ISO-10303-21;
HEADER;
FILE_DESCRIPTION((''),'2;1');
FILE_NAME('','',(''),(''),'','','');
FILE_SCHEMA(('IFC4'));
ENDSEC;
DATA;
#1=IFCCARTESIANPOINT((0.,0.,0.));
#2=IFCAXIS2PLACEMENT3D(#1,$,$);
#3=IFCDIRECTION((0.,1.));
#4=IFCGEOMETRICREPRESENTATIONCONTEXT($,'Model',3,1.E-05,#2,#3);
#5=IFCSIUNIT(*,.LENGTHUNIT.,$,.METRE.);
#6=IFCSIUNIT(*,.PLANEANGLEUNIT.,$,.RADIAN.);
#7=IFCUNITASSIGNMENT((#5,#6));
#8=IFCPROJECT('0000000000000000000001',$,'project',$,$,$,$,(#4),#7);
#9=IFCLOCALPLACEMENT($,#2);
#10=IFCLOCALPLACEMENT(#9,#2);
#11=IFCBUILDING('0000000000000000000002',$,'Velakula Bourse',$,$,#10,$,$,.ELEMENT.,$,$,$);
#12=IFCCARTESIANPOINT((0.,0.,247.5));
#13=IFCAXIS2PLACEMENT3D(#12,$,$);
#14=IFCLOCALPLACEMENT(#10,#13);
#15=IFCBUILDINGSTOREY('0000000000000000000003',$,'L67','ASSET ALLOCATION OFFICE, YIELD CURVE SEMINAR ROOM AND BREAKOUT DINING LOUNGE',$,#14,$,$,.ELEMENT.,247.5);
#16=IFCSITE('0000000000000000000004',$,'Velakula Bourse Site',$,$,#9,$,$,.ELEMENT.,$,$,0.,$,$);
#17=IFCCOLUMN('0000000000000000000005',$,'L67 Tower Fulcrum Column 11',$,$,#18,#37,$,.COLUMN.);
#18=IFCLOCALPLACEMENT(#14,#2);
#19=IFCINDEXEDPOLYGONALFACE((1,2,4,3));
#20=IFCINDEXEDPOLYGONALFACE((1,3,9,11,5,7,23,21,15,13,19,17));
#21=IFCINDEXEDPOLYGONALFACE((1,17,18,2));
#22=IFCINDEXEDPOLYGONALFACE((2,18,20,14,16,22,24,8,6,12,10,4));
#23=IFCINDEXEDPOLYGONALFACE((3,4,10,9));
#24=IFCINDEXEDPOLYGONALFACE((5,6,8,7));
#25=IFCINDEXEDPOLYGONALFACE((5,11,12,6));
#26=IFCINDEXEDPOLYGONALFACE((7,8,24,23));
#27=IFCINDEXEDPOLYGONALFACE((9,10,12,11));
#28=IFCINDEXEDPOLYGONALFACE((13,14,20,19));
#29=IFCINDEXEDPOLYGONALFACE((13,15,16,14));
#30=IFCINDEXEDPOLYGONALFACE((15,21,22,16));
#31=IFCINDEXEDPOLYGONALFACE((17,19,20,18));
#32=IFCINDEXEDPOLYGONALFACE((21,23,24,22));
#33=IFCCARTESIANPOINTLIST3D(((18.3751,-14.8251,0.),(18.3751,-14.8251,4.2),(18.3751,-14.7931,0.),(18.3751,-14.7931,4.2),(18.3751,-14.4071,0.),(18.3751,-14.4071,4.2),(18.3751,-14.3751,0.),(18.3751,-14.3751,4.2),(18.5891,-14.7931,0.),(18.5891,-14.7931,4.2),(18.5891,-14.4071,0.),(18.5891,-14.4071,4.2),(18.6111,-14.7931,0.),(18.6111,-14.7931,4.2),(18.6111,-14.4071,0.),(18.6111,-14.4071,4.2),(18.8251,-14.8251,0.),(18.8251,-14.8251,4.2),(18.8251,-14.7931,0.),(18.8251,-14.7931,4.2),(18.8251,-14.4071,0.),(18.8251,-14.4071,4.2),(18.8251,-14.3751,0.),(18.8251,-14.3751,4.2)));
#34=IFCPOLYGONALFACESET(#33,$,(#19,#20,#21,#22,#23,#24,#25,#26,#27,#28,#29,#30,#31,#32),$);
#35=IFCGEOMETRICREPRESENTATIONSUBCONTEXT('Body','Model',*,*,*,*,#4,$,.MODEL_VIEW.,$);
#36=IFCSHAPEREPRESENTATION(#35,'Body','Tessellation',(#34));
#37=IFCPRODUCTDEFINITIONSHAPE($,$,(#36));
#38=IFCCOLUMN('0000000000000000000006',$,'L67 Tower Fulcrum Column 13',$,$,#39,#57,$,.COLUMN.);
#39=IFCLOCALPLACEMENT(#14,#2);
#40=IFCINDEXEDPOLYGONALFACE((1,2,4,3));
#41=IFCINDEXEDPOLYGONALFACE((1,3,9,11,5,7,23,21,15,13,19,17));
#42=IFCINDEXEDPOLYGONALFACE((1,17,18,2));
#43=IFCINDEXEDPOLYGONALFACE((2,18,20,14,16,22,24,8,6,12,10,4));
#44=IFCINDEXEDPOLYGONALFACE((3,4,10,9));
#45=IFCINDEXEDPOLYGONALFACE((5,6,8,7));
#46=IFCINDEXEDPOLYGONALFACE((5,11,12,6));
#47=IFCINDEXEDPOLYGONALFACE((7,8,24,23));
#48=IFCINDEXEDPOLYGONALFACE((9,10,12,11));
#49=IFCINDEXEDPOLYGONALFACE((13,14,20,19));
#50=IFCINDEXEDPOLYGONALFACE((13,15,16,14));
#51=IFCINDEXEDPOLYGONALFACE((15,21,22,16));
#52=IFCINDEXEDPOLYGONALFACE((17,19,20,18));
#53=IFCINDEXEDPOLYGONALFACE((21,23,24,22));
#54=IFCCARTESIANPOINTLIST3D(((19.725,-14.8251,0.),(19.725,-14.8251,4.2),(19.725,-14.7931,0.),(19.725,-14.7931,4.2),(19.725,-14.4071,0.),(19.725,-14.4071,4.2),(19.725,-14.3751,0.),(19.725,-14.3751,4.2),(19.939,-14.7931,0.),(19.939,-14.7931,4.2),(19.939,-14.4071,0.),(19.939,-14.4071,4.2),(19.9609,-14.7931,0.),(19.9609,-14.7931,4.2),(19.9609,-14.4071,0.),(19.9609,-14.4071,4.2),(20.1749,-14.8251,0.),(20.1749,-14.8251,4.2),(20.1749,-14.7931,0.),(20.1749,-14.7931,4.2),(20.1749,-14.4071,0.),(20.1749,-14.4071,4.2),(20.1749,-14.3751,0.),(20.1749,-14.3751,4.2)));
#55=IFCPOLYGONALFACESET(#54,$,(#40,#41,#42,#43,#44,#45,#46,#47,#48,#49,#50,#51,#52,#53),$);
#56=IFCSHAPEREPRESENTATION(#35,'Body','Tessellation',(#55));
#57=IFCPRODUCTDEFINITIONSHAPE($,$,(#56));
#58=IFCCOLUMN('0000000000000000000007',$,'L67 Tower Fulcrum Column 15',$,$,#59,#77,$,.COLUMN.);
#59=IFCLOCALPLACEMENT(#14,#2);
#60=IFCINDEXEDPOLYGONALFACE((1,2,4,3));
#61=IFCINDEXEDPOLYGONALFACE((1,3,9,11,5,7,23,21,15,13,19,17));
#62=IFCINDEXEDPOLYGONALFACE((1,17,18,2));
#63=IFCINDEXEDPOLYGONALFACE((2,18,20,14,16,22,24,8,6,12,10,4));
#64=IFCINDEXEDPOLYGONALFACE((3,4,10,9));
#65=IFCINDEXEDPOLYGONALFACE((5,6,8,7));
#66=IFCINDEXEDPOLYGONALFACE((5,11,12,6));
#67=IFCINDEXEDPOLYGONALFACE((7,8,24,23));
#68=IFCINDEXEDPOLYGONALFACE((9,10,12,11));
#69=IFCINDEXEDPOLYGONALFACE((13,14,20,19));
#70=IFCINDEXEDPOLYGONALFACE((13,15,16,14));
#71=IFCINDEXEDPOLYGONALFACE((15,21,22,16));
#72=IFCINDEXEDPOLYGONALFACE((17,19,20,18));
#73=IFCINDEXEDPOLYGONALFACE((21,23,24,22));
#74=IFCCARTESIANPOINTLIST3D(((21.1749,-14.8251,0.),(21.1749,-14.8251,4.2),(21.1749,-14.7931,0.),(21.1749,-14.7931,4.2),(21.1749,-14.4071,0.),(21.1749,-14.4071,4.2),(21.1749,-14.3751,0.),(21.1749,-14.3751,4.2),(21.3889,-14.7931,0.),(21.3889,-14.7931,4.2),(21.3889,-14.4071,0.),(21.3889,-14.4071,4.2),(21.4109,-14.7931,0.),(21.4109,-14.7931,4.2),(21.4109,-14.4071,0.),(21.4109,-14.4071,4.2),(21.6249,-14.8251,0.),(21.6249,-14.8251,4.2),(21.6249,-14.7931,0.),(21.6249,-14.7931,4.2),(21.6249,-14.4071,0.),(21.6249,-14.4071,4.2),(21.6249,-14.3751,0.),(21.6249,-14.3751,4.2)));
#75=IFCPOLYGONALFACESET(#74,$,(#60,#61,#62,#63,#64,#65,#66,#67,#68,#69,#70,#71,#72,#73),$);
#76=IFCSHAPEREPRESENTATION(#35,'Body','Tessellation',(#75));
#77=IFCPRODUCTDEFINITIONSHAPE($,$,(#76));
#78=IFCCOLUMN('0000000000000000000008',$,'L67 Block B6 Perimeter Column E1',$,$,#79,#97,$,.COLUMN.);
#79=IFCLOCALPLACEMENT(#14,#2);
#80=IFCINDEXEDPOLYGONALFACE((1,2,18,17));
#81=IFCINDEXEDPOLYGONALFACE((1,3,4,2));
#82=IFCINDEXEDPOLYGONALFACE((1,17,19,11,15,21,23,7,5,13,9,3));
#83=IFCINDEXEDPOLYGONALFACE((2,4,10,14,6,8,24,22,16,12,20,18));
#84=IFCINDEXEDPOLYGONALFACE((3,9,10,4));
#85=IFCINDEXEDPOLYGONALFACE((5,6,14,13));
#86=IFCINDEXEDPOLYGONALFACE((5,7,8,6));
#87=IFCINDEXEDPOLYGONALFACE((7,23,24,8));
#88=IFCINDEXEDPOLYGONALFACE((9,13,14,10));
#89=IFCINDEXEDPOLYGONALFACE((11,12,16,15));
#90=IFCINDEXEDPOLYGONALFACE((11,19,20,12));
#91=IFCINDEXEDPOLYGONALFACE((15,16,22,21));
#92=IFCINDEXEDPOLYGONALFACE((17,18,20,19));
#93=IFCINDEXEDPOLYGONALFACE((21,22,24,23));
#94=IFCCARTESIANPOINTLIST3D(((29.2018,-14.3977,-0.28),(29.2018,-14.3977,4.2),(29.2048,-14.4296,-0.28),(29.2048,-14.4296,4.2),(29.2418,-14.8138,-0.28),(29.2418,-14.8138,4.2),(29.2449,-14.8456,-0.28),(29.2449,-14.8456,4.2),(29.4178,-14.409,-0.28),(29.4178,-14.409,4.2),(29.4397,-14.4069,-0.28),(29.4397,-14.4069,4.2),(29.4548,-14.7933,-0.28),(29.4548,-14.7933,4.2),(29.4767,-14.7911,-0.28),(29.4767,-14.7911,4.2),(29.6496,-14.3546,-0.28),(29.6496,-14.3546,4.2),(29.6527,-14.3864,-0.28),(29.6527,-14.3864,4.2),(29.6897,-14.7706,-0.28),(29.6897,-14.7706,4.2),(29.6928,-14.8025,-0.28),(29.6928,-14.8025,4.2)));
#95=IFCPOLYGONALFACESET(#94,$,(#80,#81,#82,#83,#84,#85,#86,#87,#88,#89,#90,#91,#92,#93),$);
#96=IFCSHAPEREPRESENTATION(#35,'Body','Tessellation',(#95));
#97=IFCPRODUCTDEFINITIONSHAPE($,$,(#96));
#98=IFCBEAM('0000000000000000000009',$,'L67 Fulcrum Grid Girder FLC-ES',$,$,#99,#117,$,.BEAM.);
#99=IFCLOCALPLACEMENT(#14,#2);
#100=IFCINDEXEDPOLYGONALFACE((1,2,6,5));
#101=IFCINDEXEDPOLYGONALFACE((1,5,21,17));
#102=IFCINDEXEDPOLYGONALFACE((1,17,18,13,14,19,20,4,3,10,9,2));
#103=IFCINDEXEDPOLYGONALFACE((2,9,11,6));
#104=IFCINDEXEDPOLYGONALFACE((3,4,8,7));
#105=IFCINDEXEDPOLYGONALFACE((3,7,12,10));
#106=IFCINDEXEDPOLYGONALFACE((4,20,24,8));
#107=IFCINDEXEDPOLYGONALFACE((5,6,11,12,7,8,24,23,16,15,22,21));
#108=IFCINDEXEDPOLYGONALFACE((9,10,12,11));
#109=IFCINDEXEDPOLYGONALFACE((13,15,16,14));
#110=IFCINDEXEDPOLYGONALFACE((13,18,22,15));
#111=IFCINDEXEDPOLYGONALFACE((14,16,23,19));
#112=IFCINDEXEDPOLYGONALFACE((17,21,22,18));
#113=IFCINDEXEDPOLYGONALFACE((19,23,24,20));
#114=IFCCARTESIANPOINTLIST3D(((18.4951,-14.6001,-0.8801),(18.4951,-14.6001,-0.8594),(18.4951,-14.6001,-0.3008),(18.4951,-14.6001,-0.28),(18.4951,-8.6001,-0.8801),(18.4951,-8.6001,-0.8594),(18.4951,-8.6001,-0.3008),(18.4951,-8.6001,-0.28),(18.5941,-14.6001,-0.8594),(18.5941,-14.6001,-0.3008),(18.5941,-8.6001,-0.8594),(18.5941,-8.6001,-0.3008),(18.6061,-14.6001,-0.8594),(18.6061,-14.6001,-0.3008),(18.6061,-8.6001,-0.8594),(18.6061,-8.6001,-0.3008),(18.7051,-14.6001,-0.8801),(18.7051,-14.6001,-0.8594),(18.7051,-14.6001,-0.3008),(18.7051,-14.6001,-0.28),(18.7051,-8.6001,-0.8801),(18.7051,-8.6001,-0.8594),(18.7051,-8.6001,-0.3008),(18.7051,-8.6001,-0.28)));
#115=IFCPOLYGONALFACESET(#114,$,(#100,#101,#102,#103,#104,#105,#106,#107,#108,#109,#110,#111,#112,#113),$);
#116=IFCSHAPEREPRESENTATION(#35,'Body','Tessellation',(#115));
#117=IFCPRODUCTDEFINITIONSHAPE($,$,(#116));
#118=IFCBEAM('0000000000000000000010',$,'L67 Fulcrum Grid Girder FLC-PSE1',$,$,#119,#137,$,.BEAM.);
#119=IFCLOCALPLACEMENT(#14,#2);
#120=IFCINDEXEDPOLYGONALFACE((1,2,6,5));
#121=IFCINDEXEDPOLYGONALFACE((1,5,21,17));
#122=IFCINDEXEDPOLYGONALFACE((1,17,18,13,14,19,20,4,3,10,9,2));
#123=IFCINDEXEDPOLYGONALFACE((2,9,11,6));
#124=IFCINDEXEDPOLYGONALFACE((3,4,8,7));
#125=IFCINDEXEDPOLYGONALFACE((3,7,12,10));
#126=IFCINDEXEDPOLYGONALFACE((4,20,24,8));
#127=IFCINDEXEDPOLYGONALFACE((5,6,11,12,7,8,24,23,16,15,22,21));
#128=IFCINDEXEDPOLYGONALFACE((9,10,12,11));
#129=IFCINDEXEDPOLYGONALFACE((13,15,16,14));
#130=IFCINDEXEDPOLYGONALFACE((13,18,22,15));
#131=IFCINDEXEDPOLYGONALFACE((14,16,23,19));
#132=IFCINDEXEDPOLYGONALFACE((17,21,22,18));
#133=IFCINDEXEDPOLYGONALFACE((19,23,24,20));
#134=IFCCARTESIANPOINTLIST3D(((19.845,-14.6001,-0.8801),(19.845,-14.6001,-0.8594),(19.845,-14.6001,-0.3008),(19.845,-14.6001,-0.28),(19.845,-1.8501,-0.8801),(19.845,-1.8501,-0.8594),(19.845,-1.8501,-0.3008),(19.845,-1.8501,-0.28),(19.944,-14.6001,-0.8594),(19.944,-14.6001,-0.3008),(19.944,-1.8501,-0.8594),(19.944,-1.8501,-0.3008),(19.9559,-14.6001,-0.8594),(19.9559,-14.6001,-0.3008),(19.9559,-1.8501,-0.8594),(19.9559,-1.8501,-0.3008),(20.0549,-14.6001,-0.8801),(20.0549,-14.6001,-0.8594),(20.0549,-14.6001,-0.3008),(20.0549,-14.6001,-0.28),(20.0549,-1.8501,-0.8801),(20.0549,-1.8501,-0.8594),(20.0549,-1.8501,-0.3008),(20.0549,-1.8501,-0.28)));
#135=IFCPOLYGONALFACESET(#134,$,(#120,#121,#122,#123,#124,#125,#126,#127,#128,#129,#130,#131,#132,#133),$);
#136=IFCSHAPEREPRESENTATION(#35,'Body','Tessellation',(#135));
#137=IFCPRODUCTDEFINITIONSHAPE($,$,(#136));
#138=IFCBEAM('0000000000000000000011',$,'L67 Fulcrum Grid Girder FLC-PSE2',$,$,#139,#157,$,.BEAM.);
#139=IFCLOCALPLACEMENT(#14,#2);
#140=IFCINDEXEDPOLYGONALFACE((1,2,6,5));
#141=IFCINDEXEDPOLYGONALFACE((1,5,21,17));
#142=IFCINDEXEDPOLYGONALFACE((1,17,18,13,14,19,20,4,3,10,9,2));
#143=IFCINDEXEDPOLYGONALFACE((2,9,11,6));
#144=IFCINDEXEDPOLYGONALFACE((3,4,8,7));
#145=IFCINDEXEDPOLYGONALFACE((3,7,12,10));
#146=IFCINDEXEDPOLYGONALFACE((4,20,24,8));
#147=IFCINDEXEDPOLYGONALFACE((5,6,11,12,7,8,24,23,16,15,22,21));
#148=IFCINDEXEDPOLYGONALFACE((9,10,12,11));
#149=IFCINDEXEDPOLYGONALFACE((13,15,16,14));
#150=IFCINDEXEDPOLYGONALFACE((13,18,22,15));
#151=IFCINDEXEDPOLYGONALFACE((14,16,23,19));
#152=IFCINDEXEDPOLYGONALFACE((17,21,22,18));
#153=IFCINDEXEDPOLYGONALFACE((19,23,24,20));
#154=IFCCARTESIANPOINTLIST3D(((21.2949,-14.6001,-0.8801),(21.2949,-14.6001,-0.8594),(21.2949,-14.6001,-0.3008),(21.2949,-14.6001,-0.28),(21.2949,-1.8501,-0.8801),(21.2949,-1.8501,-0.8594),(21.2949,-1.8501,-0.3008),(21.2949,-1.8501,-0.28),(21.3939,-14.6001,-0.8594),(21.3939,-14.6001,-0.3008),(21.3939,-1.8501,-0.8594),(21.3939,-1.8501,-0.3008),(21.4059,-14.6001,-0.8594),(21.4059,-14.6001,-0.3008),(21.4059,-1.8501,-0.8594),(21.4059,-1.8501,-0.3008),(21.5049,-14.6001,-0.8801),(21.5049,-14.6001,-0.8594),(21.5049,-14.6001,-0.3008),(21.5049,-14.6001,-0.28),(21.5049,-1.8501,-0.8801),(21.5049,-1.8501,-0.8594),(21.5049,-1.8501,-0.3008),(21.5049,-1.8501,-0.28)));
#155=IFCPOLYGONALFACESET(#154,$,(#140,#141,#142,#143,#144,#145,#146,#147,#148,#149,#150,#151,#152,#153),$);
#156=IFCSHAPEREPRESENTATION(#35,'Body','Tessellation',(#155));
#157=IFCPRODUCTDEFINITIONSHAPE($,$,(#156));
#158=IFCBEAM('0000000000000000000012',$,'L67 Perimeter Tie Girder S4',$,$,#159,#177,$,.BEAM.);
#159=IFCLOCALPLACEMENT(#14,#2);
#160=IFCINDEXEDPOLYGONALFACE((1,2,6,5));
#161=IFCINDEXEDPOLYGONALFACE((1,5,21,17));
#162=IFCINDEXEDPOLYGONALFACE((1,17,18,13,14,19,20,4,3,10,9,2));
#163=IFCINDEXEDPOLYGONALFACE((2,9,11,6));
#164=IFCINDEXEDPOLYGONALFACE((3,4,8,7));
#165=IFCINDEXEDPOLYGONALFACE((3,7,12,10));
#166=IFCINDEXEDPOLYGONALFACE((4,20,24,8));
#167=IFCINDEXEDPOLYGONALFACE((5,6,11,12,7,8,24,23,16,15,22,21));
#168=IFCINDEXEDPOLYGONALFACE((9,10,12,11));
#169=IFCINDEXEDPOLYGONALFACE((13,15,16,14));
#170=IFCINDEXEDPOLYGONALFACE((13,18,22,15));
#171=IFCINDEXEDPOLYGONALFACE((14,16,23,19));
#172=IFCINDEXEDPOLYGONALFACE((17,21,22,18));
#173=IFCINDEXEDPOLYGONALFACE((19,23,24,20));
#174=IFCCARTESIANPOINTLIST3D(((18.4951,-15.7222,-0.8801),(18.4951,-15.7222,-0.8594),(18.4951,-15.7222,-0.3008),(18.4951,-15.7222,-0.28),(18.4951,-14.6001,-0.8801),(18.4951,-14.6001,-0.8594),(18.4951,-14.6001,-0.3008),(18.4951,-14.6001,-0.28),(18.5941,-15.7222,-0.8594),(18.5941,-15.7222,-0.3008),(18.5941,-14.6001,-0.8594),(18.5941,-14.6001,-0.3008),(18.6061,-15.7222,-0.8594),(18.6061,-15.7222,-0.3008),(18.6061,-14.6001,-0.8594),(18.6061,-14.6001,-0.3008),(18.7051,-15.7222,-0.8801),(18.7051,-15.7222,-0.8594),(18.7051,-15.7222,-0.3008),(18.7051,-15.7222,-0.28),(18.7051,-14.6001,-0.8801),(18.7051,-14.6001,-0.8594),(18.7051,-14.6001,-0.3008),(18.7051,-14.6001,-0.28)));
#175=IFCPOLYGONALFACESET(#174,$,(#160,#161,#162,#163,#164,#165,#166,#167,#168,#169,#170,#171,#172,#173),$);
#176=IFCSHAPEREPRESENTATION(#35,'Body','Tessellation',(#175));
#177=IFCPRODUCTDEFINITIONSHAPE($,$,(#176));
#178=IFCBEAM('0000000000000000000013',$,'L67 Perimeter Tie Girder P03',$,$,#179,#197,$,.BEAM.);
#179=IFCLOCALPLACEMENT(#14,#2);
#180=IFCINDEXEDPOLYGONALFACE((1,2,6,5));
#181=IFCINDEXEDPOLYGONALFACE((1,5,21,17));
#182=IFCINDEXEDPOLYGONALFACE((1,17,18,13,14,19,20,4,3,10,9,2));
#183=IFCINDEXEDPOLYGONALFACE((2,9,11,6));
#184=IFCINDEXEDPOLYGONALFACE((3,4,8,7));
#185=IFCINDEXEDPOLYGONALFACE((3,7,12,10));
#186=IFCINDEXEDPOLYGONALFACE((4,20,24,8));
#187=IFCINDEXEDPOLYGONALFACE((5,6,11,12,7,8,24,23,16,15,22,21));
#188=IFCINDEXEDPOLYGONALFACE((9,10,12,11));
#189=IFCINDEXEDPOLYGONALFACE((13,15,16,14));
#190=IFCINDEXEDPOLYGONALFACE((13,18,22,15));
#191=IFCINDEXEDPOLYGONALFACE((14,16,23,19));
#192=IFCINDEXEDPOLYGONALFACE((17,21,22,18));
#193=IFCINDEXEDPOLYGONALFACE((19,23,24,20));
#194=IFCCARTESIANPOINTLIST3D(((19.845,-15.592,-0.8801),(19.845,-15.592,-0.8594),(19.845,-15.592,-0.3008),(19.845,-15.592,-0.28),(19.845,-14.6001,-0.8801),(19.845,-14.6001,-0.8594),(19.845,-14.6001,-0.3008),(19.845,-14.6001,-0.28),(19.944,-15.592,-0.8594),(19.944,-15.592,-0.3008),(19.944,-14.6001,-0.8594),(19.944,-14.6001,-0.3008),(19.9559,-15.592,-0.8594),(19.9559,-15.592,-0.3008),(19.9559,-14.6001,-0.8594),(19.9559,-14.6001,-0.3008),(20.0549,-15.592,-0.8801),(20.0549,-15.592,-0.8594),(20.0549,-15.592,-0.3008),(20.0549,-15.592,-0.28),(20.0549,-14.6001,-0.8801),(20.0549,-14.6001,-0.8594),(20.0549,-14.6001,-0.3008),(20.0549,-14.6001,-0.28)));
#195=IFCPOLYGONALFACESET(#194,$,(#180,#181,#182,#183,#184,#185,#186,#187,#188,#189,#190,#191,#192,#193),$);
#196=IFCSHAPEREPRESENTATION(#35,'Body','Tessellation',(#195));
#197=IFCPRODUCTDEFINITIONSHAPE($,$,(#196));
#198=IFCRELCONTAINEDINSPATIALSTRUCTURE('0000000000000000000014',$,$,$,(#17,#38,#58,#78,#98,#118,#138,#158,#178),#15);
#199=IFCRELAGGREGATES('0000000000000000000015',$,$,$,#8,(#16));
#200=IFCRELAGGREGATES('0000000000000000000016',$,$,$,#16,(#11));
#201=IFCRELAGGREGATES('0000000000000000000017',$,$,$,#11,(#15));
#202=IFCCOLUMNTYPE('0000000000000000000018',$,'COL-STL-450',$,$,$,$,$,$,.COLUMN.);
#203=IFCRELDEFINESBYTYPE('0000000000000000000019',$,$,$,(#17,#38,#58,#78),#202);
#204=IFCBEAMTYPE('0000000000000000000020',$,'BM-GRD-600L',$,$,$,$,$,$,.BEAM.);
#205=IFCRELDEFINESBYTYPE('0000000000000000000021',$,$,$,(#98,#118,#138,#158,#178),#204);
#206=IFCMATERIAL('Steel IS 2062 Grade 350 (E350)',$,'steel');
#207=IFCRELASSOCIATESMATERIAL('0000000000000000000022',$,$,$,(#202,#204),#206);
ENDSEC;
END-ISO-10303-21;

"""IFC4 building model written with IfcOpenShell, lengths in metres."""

from ifc_helpers import new_model, si_unit, direction, frame, origin, origin_2d, place, context, subcontext, project, spatial, i_section, extrude, material, material_profile, profile_set, type_object, element, save


model = new_model("IFC4")

# Units and contexts
model_context = context("Model", 3, precision=1e-05, world=origin(), true_north=direction((0.0, 1.0)))
body_context = subcontext(model_context, "Body", "Model", "MODEL_VIEW")
ifc_project = project(units=[si_unit("LENGTHUNIT", "METRE"), si_unit("PLANEANGLEUNIT", "RADIAN")], contexts=[model_context])

# Site, building, storey
site_placement = place(None, origin())
site = spatial("IfcSite", under=ifc_project, at=site_placement, Name="Velakula Bourse Site", CompositionType="ELEMENT", RefElevation=0.0)
building_placement = place(site_placement, origin())
building = spatial("IfcBuilding", under=site, at=building_placement, Name="Velakula Bourse", CompositionType="ELEMENT")
storey_placement = place(building_placement, frame((0.0, 0.0, 247.5)))
storey = spatial("IfcBuildingStorey", under=building, at=storey_placement, Name="L67", Description="ASSET ALLOCATION OFFICE, YIELD CURVE SEMINAR ROOM AND BREAKOUT DINING LOUNGE", CompositionType="ELEMENT", Elevation=247.5)

# Columns
ifc_material_1 = material(Name="Steel IS 2062 Grade 350 (E350)", Category="steel")
ifc_material_profile_1 = material_profile(ifc_material_1, i_section(OverallWidth=0.45, OverallDepth=0.45, WebThickness=0.022, FlangeThickness=0.032, at=origin_2d()), Name="Steel IS 2062 Grade 350 (E350)")
ifc_profile_set_1 = profile_set([ifc_material_profile_1], Name="Steel IS 2062 Grade 350 (E350)")
column_type = type_object("IfcColumnType", Name="COL-STL-450", PredefinedType="COLUMN", material=ifc_profile_set_1)
for number, where, z_axis, x_axis, name in (
    (1, (18.6001, -14.6001, 0.0), (0.0, 0.0, 1.0), (1.0, 0.0, 0.0), "L67 Tower Fulcrum Column 11"),
    (2, (19.95, -14.6001, 0.0), (0.0, 0.0, 1.0), (1.0, 0.0, 0.0), "L67 Tower Fulcrum Column 13"),
    (3, (21.3999, -14.6001, 0.0), (0.0, 0.0, 1.0), (1.0, 0.0, 0.0), "L67 Tower Fulcrum Column 15"),
):
    element("IfcColumn", number, at=place(storey_placement, frame(where, z_axis=z_axis, x_axis=x_axis)), inside=storey, type_object=column_type, Name=name, PredefinedType="COLUMN", context=body_context, shape_type="SweptSolid", body=[
        extrude(i_section(OverallWidth=0.45, OverallDepth=0.45, WebThickness=0.022, FlangeThickness=0.032, at=origin_2d()), origin(), (0.0, 0.0, 1.0), 4.2),
    ])
column_placement = place(storey_placement, frame((29.4473, -14.6001, -0.28), z_axis=(0.0, 0.0, 1.0), x_axis=(0.995396, 0.095846, 0.0)))
element("IfcColumn", 4, at=column_placement, inside=storey, type_object=column_type, Name="L67 Block B6 Perimeter Column E1", PredefinedType="COLUMN", context=body_context, shape_type="SweptSolid", body=[
    extrude(i_section(OverallWidth=0.45, OverallDepth=0.45, WebThickness=0.022, FlangeThickness=0.032, at=origin_2d()), origin(), (0.0, 0.0, 1.0), 4.48),
])

# Beams
ifc_material_profile_2 = material_profile(ifc_material_1, i_section(OverallWidth=0.21, OverallDepth=0.6001, WebThickness=0.012, FlangeThickness=0.0208, at=origin_2d()), Name="Steel IS 2062 Grade 350 (E350)")
ifc_profile_set_2 = profile_set([ifc_material_profile_2], Name="Steel IS 2062 Grade 350 (E350)")
beam_type_1 = type_object("IfcBeamType", Name="BM-GRD-600L", PredefinedType="BEAM", material=ifc_profile_set_2)
beam_1_placement = place(storey_placement, frame((18.6001, -14.6001, -0.5801), z_axis=(0.0, 1.0, 0.0), x_axis=(-1.0, 0.0, 0.0)))
element("IfcBeam", 5, at=beam_1_placement, inside=storey, type_object=beam_type_1, Name="L67 Fulcrum Grid Girder FLC-ES", PredefinedType="BEAM", context=body_context, shape_type="SweptSolid", body=[
    extrude(i_section(OverallWidth=0.21, OverallDepth=0.6001, WebThickness=0.012, FlangeThickness=0.0208, at=origin_2d()), origin(), (0.0, 0.0, 1.0), 6.0),
])
for number, where, z_axis, x_axis, name in (
    (6, (19.95, -14.6001, -0.5801), (0.0, 1.0, 0.0), (-1.0, 0.0, 0.0), "L67 Fulcrum Grid Girder FLC-PSE1"),
    (7, (21.3999, -14.6001, -0.5801), (0.0, 1.0, 0.0), (-1.0, 0.0, 0.0), "L67 Fulcrum Grid Girder FLC-PSE2"),
):
    element("IfcBeam", number, at=place(storey_placement, frame(where, z_axis=z_axis, x_axis=x_axis)), inside=storey, type_object=beam_type_1, Name=name, PredefinedType="BEAM", context=body_context, shape_type="SweptSolid", body=[
        extrude(i_section(OverallWidth=0.21, OverallDepth=0.6001, WebThickness=0.012, FlangeThickness=0.0208, at=origin_2d()), origin(), (0.0, 0.0, 1.0), 12.75),
    ])
beam_2_placement = place(storey_placement, frame((18.6001, -14.6001, -0.5801), z_axis=(0.0, -1.0, 0.0), x_axis=(1.0, 0.0, 0.0)))
element("IfcBeam", 8, at=beam_2_placement, inside=storey, type_object=beam_type_1, Name="L67 Perimeter Tie Girder S4", PredefinedType="BEAM", context=body_context, shape_type="SweptSolid", body=[
    extrude(i_section(OverallWidth=0.21, OverallDepth=0.6001, WebThickness=0.012, FlangeThickness=0.0208, at=origin_2d()), origin(), (0.0, 0.0, 1.0), 1.1221),
])
beam_3_placement = place(storey_placement, frame((19.95, -14.6001, -0.5801), z_axis=(0.0, -1.0, 0.0), x_axis=(1.0, 0.0, 0.0)))
element("IfcBeam", 9, at=beam_3_placement, inside=storey, type_object=beam_type_1, Name="L67 Perimeter Tie Girder P03", PredefinedType="BEAM", context=body_context, shape_type="SweptSolid", body=[
    extrude(i_section(OverallWidth=0.21, OverallDepth=0.6001, WebThickness=0.012, FlangeThickness=0.0208, at=origin_2d()), origin(), (0.0, 0.0, 1.0), 0.9919),
])

save(model, "model.ifc")
